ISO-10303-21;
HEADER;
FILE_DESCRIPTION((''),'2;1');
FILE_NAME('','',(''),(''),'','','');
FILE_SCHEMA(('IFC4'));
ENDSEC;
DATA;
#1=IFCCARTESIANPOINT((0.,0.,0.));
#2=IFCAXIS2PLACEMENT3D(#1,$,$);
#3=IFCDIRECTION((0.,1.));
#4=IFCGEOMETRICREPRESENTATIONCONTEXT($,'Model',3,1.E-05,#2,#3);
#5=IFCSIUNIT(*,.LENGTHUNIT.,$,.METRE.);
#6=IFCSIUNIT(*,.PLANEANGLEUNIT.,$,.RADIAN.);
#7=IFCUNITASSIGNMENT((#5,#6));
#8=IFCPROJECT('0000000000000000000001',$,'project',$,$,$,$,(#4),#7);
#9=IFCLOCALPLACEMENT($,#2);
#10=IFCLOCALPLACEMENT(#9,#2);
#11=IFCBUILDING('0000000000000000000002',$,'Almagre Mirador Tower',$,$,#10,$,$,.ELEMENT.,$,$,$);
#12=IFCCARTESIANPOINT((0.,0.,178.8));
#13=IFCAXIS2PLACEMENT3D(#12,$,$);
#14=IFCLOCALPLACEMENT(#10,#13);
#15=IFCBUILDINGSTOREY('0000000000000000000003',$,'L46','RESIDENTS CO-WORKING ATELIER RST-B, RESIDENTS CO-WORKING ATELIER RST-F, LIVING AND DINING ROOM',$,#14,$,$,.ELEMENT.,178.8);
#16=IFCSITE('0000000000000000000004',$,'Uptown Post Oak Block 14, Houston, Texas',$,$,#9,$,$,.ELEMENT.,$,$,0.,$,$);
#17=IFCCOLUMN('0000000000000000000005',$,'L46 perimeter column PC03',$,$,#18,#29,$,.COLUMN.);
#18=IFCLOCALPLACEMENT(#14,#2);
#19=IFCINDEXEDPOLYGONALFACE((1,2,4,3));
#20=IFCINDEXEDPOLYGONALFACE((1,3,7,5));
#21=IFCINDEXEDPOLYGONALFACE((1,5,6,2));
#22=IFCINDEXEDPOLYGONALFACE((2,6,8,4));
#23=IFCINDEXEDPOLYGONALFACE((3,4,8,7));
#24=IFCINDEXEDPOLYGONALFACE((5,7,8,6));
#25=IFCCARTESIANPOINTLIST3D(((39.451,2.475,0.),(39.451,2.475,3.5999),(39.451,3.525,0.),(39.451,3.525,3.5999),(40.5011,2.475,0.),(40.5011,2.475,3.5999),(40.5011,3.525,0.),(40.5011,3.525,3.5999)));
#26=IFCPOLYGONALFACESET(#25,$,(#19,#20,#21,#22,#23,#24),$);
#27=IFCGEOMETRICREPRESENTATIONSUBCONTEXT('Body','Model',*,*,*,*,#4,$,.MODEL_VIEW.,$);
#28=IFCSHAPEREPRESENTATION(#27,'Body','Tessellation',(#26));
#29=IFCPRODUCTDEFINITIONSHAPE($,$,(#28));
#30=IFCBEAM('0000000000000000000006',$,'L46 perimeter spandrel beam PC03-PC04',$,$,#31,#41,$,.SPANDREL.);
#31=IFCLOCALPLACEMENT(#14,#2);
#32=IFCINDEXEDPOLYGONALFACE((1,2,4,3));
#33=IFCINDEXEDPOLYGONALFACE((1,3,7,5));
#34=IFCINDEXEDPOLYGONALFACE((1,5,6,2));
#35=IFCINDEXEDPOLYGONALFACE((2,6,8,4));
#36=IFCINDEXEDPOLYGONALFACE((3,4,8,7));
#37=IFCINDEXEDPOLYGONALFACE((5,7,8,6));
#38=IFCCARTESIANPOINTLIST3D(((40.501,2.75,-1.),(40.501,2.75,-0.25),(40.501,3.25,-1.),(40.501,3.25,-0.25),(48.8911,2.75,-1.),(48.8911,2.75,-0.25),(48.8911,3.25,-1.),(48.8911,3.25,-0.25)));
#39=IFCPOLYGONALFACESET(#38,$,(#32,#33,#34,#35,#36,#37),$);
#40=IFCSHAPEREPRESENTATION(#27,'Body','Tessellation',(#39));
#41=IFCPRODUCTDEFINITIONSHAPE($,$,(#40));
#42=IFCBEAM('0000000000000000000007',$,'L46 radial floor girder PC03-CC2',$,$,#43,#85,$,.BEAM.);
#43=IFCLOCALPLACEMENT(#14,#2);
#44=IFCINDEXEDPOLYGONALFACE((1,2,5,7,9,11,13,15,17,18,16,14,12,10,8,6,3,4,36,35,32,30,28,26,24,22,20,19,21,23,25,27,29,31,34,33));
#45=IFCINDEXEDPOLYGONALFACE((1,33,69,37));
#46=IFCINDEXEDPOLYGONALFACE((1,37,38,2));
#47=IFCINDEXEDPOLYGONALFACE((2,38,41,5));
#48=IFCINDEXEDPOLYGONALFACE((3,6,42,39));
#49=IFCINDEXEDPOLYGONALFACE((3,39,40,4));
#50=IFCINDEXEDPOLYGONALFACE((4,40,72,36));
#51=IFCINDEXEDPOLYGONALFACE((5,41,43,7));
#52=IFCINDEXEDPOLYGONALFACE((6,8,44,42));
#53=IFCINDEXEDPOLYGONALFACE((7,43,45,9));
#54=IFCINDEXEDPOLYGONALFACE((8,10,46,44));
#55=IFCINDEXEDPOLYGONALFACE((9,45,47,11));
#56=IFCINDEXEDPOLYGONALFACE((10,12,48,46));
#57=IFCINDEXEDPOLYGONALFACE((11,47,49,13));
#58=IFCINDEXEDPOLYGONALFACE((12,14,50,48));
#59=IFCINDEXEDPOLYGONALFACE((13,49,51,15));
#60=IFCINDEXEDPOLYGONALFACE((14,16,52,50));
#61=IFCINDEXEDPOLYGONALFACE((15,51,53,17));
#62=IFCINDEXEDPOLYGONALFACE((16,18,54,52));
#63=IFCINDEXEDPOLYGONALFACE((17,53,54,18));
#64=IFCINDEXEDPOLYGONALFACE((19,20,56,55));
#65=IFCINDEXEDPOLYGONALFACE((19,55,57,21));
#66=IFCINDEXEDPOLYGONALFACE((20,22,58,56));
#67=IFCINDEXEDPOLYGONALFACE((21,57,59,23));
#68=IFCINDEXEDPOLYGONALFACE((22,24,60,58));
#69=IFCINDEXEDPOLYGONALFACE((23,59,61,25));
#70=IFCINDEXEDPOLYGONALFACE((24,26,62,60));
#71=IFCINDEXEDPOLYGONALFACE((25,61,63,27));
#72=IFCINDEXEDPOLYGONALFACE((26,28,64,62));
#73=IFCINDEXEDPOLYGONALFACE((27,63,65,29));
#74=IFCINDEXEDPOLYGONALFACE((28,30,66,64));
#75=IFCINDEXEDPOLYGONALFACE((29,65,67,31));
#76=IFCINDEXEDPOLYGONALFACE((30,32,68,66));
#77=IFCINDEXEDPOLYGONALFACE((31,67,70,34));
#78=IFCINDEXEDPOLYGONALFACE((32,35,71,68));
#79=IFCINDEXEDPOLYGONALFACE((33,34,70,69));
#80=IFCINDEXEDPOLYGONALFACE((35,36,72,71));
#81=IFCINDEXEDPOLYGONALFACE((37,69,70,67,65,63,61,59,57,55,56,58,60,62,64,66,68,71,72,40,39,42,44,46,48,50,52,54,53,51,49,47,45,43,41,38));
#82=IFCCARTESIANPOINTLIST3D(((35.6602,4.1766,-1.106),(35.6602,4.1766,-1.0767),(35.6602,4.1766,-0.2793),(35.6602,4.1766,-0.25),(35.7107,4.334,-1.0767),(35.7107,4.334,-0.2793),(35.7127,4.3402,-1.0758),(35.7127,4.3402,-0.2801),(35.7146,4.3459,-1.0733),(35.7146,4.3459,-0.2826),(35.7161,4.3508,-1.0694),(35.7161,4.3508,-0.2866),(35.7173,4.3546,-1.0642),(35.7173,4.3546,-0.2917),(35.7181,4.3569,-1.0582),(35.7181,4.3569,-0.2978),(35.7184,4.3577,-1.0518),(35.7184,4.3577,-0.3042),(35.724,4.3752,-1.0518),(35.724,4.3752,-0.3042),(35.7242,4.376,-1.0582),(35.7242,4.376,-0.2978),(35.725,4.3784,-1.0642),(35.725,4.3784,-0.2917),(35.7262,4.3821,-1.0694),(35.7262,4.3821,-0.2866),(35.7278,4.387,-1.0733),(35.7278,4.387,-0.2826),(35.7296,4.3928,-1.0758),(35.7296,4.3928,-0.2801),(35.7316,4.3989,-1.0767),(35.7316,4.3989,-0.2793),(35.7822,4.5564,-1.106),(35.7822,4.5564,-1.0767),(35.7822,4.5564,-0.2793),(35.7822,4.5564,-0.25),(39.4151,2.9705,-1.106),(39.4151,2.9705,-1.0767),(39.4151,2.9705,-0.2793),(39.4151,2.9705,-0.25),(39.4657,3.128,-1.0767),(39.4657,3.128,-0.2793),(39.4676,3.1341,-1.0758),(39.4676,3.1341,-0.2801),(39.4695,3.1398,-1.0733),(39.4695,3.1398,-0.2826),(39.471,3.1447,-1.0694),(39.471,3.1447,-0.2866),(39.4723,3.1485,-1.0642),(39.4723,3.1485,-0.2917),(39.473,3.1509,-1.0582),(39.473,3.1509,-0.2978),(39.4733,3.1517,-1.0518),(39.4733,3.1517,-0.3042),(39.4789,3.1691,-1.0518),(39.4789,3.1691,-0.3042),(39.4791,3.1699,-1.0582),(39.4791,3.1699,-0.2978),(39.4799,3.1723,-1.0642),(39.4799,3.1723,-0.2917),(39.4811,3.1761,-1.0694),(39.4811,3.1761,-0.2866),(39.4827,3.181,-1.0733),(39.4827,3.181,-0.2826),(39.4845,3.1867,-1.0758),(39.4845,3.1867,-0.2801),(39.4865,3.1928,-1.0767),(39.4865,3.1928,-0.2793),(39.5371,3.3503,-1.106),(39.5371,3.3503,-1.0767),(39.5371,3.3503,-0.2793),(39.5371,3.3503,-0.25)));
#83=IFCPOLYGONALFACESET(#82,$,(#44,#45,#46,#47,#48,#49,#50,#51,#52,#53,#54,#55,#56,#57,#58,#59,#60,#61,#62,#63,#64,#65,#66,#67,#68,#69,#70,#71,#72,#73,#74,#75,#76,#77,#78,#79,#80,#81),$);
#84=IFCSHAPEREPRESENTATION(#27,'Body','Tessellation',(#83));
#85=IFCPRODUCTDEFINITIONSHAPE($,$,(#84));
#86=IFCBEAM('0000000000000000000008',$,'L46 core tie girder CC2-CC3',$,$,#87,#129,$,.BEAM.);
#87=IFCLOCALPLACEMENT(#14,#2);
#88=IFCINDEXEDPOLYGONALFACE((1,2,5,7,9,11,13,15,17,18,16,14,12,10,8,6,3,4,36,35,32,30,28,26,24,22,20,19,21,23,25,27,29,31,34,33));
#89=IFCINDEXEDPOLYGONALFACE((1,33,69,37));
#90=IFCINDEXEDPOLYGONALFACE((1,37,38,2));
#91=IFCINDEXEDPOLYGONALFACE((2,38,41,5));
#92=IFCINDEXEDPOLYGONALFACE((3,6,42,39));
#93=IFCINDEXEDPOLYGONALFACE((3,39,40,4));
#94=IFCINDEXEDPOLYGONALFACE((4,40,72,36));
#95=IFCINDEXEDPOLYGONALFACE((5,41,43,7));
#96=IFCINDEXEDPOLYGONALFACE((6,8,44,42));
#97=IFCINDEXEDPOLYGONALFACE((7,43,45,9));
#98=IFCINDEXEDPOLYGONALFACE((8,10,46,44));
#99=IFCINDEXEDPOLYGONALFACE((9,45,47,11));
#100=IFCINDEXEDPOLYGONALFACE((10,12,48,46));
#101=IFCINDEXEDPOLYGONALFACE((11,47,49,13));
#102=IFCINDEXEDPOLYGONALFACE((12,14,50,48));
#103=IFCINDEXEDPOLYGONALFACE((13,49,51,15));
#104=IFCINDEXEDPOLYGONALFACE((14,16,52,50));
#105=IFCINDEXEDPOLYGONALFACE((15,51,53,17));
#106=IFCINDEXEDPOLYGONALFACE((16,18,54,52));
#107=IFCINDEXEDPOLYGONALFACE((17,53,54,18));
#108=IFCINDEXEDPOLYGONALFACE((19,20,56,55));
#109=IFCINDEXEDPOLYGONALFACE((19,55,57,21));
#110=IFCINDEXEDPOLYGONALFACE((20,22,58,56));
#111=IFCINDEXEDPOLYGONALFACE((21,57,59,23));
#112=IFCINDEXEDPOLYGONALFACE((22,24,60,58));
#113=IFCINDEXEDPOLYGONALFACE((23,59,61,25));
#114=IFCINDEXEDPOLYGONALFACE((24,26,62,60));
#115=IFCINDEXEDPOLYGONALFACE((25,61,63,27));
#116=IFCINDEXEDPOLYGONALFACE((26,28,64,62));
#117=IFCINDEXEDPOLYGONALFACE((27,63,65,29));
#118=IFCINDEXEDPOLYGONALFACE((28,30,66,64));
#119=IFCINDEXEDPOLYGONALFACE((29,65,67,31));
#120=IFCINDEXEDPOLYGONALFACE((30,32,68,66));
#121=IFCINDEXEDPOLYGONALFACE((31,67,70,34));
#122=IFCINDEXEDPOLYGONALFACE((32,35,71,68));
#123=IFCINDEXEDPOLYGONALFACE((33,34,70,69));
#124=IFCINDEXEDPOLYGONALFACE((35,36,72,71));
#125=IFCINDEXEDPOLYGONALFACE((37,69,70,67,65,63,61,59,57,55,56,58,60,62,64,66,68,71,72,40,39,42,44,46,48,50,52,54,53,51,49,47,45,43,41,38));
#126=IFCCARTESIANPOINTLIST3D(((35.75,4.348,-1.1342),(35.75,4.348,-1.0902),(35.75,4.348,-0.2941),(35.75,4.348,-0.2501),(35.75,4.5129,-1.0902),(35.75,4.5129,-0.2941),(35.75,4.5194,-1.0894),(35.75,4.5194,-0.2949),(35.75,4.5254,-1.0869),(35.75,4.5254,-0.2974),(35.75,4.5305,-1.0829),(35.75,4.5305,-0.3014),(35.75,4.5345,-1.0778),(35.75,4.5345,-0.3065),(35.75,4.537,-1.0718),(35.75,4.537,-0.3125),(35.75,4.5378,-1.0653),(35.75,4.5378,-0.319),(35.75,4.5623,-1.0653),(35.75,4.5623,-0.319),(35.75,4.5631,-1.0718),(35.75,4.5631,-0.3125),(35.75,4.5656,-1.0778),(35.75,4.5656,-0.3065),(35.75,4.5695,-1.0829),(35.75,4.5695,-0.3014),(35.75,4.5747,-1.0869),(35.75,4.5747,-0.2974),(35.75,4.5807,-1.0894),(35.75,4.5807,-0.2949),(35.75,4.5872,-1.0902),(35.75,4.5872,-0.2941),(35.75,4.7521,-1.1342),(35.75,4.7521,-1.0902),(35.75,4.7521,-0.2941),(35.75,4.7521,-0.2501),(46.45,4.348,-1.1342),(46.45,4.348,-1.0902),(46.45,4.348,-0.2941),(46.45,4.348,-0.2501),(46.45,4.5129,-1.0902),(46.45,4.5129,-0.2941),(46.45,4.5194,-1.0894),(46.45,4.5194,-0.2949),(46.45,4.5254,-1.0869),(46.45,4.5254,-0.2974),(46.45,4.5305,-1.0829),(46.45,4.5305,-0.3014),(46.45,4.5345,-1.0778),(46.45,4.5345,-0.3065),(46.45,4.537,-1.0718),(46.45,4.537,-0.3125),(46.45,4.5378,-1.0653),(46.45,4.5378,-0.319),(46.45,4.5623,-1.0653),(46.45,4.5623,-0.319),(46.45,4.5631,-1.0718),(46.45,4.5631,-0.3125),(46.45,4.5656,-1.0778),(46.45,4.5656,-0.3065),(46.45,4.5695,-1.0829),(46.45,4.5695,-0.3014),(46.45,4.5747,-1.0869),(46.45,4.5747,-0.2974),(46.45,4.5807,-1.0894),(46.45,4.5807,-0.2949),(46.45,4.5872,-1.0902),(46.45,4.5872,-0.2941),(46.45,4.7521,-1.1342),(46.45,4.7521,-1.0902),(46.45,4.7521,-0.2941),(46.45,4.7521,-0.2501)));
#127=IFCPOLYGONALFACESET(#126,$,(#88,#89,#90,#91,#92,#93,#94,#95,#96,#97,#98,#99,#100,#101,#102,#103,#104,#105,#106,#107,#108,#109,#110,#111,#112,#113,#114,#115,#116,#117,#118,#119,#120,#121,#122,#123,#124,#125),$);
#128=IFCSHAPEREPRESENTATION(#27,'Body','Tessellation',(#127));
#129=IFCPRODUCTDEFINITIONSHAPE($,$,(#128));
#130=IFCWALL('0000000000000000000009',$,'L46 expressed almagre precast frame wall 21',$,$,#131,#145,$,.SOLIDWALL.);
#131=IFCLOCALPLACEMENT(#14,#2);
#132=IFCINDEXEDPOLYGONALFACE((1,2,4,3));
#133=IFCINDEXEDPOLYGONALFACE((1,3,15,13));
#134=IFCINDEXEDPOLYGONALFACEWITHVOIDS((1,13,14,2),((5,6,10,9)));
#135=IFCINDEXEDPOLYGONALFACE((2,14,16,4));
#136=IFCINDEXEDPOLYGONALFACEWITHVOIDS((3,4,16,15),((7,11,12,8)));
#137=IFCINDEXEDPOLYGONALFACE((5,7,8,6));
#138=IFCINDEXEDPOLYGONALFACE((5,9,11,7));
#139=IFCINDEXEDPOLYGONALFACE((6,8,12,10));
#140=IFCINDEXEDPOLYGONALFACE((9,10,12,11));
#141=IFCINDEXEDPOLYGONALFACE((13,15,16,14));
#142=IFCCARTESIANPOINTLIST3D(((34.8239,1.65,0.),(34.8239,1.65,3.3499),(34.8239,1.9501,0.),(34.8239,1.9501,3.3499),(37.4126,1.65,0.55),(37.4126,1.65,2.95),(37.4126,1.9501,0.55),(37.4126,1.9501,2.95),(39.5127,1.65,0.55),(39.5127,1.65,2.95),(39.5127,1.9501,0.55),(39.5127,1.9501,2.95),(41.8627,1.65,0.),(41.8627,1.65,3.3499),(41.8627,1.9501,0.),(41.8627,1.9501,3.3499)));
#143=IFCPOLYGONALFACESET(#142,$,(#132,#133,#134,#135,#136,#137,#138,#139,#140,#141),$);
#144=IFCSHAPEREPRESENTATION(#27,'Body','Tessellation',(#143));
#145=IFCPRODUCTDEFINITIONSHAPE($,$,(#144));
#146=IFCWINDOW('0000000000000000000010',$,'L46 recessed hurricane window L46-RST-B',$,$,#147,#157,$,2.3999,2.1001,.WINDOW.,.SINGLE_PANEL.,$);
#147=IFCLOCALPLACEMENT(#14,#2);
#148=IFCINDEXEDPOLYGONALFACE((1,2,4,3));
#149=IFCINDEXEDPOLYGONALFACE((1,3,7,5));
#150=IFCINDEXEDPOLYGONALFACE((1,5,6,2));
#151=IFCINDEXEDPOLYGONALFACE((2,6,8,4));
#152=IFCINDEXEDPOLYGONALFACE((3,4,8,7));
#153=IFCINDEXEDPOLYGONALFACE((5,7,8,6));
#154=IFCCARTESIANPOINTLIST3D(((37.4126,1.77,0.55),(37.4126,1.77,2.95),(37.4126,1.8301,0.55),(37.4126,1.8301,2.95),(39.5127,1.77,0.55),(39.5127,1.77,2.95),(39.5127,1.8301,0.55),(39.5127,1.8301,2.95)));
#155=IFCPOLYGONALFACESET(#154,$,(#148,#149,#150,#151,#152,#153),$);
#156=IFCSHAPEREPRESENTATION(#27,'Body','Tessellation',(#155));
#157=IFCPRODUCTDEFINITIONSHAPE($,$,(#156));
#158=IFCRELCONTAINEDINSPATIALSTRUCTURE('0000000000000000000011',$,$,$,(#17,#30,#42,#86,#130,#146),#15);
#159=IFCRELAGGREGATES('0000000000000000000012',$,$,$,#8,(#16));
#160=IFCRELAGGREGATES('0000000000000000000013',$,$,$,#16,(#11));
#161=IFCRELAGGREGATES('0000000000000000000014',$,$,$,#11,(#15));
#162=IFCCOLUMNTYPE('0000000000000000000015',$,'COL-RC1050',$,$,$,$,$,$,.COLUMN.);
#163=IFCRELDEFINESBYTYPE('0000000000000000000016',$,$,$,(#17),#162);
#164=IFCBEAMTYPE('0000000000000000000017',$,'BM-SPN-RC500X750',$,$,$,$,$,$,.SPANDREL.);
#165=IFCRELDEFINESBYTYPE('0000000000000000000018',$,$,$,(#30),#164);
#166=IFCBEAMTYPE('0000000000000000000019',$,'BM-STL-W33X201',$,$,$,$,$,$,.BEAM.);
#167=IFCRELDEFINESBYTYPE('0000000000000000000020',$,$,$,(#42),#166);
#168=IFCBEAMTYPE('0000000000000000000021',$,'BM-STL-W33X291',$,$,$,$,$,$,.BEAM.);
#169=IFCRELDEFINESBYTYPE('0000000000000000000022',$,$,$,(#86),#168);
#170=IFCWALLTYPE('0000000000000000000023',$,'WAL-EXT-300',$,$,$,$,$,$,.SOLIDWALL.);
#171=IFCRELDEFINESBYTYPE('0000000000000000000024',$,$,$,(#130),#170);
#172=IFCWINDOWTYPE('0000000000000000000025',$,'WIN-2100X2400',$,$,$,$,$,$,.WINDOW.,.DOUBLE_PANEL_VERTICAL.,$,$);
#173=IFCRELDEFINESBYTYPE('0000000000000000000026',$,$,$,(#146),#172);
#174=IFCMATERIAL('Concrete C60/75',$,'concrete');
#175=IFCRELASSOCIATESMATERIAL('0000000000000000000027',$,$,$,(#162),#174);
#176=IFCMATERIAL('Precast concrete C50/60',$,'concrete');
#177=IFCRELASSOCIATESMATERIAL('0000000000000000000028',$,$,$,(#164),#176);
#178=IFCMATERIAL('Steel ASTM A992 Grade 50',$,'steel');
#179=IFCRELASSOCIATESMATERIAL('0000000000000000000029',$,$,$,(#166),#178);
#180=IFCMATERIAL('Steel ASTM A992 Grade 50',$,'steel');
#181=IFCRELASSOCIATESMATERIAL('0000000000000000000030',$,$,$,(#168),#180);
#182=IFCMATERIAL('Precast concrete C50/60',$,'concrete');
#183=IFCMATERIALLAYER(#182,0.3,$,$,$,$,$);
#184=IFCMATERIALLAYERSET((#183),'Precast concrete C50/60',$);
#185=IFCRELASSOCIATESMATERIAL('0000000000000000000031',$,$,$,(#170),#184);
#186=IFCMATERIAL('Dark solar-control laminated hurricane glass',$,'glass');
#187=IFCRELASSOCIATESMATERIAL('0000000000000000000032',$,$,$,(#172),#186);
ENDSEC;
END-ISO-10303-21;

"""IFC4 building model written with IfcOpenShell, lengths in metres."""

from ifc_helpers import new_model, si_unit, direction, frame, frame_2d, origin, origin_2d, place, context, subcontext, project, spatial, rectangle, i_section, extrude, material, layer, layer_set, material_profile, profile_set, type_object, element, fill, save


model = new_model("IFC4")

# Units and contexts
model_context = context("Model", 3, precision=1e-05, world=origin(), true_north=direction((0.0, 1.0)))
body_context = subcontext(model_context, "Body", "Model", "MODEL_VIEW")
ifc_project = project(units=[si_unit("LENGTHUNIT", "METRE"), si_unit("PLANEANGLEUNIT", "RADIAN")], contexts=[model_context])

# Site, building, storey
site_placement = place(None, origin())
site = spatial("IfcSite", under=ifc_project, at=site_placement, Name="Uptown Post Oak Block 14, Houston, Texas", CompositionType="ELEMENT", RefElevation=0.0)
building_placement = place(site_placement, origin())
building = spatial("IfcBuilding", under=site, at=building_placement, Name="Almagre Mirador Tower", CompositionType="ELEMENT")
storey_placement = place(building_placement, frame((0.0, 0.0, 178.8)))
storey = spatial("IfcBuildingStorey", under=building, at=storey_placement, Name="L46", Description="RESIDENTS CO-WORKING ATELIER RST-B, RESIDENTS CO-WORKING ATELIER RST-F, LIVING AND DINING ROOM", CompositionType="ELEMENT", Elevation=178.8)

# Column
ifc_material_1 = material(Name="Concrete C60/75", Category="concrete")
ifc_material_profile_1 = material_profile(ifc_material_1, rectangle(XDim=1.05, YDim=1.05, at=origin_2d()), Name="RC1050X1050")
ifc_profile_set_1 = profile_set([ifc_material_profile_1], Name="Concrete C60/75")
column_type = type_object("IfcColumnType", Name="COL-RC1050", PredefinedType="COLUMN", material=ifc_profile_set_1)
column_placement = place(storey_placement, frame((39.9761, 3.0, 0.0), z_axis=(0.0, 0.0, 1.0), x_axis=(1.0, 0.0, 0.0)))
element("IfcColumn", 1, at=column_placement, inside=storey, type_object=column_type, Name="L46 perimeter column PC03", PredefinedType="COLUMN", context=body_context, shape_type="SweptSolid", body=[
    extrude(rectangle(XDim=1.05, YDim=1.05, at=origin_2d()), origin(), (0.0, 0.0, 1.0), 3.5999),
])

# Beams
ifc_material_2 = material(Name="Precast concrete C50/60", Category="concrete")
ifc_material_profile_2 = material_profile(ifc_material_2, rectangle(XDim=0.5, YDim=0.75, at=origin_2d()), Name="RC500X750")
ifc_profile_set_2 = profile_set([ifc_material_profile_2], Name="Precast concrete C50/60")
beam_type_1 = type_object("IfcBeamType", Name="BM-SPN-RC500X750", PredefinedType="SPANDREL", material=ifc_profile_set_2)
beam_1_placement = place(storey_placement, frame((40.501, 3.0, -0.625), z_axis=(1.0, 0.0, 0.0), x_axis=(0.0, 1.0, 0.0)))
element("IfcBeam", 2, at=beam_1_placement, inside=storey, type_object=beam_type_1, Name="L46 perimeter spandrel beam PC03-PC04", PredefinedType="SPANDREL", context=body_context, shape_type="SweptSolid", body=[
    extrude(rectangle(XDim=0.5, YDim=0.75, at=origin_2d()), origin(), (0.0, 0.0, 1.0), 8.3901),
])
ifc_material_3 = material(Name="Steel ASTM A992 Grade 50", Category="steel")
ifc_material_profile_3 = material_profile(ifc_material_3, i_section(OverallWidth=0.3989, OverallDepth=0.856, WebThickness=0.0183, FlangeThickness=0.0293, FilletRadius=0.0249, at=origin_2d()), Name="W33X201")
ifc_profile_set_3 = profile_set([ifc_material_profile_3], Name="Steel ASTM A992 Grade 50")
beam_type_2 = type_object("IfcBeamType", Name="BM-STL-W33X201", PredefinedType="BEAM", material=ifc_profile_set_3)
beam_2_placement = place(storey_placement, frame((39.4761, 3.1604, -0.678), z_axis=(-0.952093, 0.305809, 0.0), x_axis=(-0.305809, -0.952093, 0.0)))
element("IfcBeam", 3, at=beam_2_placement, inside=storey, type_object=beam_type_2, Name="L46 radial floor girder PC03-CC2", PredefinedType="BEAM", context=body_context, shape_type="SweptSolid", body=[
    extrude(i_section(OverallWidth=0.3989, OverallDepth=0.856, WebThickness=0.0183, FlangeThickness=0.0293, FilletRadius=0.0249, at=origin_2d()), origin(), (0.0, 0.0, 1.0), 3.9438),
])
ifc_material_4 = material(Name="Steel ASTM A992 Grade 50", Category="steel")
ifc_material_profile_4 = material_profile(ifc_material_4, i_section(OverallWidth=0.4041, OverallDepth=0.884, WebThickness=0.0244, FlangeThickness=0.0439, FilletRadius=0.0249, at=origin_2d()), Name="W33X291")
ifc_profile_set_4 = profile_set([ifc_material_profile_4], Name="Steel ASTM A992 Grade 50")
beam_type_3 = type_object("IfcBeamType", Name="BM-STL-W33X291", PredefinedType="BEAM", material=ifc_profile_set_4)
beam_3_placement = place(storey_placement, frame((35.75, 4.55, -0.6921), z_axis=(1.0, 0.0, 0.0), x_axis=(0.0, 1.0, 0.0)))
element("IfcBeam", 4, at=beam_3_placement, inside=storey, type_object=beam_type_3, Name="L46 core tie girder CC2-CC3", PredefinedType="BEAM", context=body_context, shape_type="SweptSolid", body=[
    extrude(i_section(OverallWidth=0.4041, OverallDepth=0.884, WebThickness=0.0244, FlangeThickness=0.0439, FilletRadius=0.0249, at=origin_2d()), origin(), (0.0, 0.0, 1.0), 10.7),
])

# Wall, opening, window
ifc_material_5 = material(Name="Precast concrete C50/60", Category="concrete")
ifc_layer_1 = layer(ifc_material_5, 0.3)
ifc_layer_set_1 = layer_set([ifc_layer_1], Name="Precast concrete C50/60")
wall_type_1 = type_object("IfcWallType", Name="WAL-EXT-300", PredefinedType="SOLIDWALL", material=ifc_layer_set_1)
wall_1_placement = place(storey_placement, frame((41.8628, 1.8, 0.0), z_axis=(0.0, 0.0, 1.0), x_axis=(-1.0, 0.0, 0.0)))
wall_1 = element("IfcWall", 5, at=wall_1_placement, inside=storey, type_object=wall_type_1, Name="L46 expressed almagre precast frame wall 21", PredefinedType="SOLIDWALL", context=body_context, shape_type="SweptSolid", body=[
    extrude(rectangle(XDim=7.0388, YDim=0.3, at=frame_2d((3.5195, 0.0))), origin(), (0.0, 0.0, 1.0), 3.3499),
])
opening_1_placement = place(wall_1_placement, frame((2.3501, 0.0, 0.55)))
opening_1 = element("IfcOpeningElement", 6, at=opening_1_placement, cuts=wall_1, PredefinedType="OPENING", context=body_context, shape_type="SweptSolid", body=[
    extrude(rectangle(XDim=2.1001, YDim=2.3999, at=frame_2d((1.05, 1.2))), frame((0.0, 0.1599, 0.0), z_axis=(0.0, -1.0, 0.0), x_axis=(1.0, 0.0, 0.0)), (0.0, 0.0, 1.0), 0.32),
])
ifc_material_6 = material(Name="Dark solar-control laminated hurricane glass", Category="glass")
window_type = type_object("IfcWindowType", Name="WIN-2100X2400", PartitioningType="DOUBLE_PANEL_VERTICAL", PredefinedType="WINDOW", material=ifc_material_6)
window_placement = place(opening_1_placement, origin())
window = element("IfcWindow", 7, at=window_placement, inside=storey, type_object=window_type, Name="L46 recessed hurricane window L46-RST-B", OverallHeight=2.3999, OverallWidth=2.1001, PartitioningType="SINGLE_PANEL", PredefinedType="WINDOW", context=body_context, shape_type="SweptSolid", body=[
    extrude(rectangle(XDim=2.1001, YDim=2.3999, at=frame_2d((1.05, 1.2))), frame((0.0, 0.03, 0.0), z_axis=(0.0, -1.0, 0.0), x_axis=(1.0, 0.0, 0.0)), (0.0, 0.0, 1.0), 0.0601),
])
fill(opening_1, window)

save(model, "model.ifc")
